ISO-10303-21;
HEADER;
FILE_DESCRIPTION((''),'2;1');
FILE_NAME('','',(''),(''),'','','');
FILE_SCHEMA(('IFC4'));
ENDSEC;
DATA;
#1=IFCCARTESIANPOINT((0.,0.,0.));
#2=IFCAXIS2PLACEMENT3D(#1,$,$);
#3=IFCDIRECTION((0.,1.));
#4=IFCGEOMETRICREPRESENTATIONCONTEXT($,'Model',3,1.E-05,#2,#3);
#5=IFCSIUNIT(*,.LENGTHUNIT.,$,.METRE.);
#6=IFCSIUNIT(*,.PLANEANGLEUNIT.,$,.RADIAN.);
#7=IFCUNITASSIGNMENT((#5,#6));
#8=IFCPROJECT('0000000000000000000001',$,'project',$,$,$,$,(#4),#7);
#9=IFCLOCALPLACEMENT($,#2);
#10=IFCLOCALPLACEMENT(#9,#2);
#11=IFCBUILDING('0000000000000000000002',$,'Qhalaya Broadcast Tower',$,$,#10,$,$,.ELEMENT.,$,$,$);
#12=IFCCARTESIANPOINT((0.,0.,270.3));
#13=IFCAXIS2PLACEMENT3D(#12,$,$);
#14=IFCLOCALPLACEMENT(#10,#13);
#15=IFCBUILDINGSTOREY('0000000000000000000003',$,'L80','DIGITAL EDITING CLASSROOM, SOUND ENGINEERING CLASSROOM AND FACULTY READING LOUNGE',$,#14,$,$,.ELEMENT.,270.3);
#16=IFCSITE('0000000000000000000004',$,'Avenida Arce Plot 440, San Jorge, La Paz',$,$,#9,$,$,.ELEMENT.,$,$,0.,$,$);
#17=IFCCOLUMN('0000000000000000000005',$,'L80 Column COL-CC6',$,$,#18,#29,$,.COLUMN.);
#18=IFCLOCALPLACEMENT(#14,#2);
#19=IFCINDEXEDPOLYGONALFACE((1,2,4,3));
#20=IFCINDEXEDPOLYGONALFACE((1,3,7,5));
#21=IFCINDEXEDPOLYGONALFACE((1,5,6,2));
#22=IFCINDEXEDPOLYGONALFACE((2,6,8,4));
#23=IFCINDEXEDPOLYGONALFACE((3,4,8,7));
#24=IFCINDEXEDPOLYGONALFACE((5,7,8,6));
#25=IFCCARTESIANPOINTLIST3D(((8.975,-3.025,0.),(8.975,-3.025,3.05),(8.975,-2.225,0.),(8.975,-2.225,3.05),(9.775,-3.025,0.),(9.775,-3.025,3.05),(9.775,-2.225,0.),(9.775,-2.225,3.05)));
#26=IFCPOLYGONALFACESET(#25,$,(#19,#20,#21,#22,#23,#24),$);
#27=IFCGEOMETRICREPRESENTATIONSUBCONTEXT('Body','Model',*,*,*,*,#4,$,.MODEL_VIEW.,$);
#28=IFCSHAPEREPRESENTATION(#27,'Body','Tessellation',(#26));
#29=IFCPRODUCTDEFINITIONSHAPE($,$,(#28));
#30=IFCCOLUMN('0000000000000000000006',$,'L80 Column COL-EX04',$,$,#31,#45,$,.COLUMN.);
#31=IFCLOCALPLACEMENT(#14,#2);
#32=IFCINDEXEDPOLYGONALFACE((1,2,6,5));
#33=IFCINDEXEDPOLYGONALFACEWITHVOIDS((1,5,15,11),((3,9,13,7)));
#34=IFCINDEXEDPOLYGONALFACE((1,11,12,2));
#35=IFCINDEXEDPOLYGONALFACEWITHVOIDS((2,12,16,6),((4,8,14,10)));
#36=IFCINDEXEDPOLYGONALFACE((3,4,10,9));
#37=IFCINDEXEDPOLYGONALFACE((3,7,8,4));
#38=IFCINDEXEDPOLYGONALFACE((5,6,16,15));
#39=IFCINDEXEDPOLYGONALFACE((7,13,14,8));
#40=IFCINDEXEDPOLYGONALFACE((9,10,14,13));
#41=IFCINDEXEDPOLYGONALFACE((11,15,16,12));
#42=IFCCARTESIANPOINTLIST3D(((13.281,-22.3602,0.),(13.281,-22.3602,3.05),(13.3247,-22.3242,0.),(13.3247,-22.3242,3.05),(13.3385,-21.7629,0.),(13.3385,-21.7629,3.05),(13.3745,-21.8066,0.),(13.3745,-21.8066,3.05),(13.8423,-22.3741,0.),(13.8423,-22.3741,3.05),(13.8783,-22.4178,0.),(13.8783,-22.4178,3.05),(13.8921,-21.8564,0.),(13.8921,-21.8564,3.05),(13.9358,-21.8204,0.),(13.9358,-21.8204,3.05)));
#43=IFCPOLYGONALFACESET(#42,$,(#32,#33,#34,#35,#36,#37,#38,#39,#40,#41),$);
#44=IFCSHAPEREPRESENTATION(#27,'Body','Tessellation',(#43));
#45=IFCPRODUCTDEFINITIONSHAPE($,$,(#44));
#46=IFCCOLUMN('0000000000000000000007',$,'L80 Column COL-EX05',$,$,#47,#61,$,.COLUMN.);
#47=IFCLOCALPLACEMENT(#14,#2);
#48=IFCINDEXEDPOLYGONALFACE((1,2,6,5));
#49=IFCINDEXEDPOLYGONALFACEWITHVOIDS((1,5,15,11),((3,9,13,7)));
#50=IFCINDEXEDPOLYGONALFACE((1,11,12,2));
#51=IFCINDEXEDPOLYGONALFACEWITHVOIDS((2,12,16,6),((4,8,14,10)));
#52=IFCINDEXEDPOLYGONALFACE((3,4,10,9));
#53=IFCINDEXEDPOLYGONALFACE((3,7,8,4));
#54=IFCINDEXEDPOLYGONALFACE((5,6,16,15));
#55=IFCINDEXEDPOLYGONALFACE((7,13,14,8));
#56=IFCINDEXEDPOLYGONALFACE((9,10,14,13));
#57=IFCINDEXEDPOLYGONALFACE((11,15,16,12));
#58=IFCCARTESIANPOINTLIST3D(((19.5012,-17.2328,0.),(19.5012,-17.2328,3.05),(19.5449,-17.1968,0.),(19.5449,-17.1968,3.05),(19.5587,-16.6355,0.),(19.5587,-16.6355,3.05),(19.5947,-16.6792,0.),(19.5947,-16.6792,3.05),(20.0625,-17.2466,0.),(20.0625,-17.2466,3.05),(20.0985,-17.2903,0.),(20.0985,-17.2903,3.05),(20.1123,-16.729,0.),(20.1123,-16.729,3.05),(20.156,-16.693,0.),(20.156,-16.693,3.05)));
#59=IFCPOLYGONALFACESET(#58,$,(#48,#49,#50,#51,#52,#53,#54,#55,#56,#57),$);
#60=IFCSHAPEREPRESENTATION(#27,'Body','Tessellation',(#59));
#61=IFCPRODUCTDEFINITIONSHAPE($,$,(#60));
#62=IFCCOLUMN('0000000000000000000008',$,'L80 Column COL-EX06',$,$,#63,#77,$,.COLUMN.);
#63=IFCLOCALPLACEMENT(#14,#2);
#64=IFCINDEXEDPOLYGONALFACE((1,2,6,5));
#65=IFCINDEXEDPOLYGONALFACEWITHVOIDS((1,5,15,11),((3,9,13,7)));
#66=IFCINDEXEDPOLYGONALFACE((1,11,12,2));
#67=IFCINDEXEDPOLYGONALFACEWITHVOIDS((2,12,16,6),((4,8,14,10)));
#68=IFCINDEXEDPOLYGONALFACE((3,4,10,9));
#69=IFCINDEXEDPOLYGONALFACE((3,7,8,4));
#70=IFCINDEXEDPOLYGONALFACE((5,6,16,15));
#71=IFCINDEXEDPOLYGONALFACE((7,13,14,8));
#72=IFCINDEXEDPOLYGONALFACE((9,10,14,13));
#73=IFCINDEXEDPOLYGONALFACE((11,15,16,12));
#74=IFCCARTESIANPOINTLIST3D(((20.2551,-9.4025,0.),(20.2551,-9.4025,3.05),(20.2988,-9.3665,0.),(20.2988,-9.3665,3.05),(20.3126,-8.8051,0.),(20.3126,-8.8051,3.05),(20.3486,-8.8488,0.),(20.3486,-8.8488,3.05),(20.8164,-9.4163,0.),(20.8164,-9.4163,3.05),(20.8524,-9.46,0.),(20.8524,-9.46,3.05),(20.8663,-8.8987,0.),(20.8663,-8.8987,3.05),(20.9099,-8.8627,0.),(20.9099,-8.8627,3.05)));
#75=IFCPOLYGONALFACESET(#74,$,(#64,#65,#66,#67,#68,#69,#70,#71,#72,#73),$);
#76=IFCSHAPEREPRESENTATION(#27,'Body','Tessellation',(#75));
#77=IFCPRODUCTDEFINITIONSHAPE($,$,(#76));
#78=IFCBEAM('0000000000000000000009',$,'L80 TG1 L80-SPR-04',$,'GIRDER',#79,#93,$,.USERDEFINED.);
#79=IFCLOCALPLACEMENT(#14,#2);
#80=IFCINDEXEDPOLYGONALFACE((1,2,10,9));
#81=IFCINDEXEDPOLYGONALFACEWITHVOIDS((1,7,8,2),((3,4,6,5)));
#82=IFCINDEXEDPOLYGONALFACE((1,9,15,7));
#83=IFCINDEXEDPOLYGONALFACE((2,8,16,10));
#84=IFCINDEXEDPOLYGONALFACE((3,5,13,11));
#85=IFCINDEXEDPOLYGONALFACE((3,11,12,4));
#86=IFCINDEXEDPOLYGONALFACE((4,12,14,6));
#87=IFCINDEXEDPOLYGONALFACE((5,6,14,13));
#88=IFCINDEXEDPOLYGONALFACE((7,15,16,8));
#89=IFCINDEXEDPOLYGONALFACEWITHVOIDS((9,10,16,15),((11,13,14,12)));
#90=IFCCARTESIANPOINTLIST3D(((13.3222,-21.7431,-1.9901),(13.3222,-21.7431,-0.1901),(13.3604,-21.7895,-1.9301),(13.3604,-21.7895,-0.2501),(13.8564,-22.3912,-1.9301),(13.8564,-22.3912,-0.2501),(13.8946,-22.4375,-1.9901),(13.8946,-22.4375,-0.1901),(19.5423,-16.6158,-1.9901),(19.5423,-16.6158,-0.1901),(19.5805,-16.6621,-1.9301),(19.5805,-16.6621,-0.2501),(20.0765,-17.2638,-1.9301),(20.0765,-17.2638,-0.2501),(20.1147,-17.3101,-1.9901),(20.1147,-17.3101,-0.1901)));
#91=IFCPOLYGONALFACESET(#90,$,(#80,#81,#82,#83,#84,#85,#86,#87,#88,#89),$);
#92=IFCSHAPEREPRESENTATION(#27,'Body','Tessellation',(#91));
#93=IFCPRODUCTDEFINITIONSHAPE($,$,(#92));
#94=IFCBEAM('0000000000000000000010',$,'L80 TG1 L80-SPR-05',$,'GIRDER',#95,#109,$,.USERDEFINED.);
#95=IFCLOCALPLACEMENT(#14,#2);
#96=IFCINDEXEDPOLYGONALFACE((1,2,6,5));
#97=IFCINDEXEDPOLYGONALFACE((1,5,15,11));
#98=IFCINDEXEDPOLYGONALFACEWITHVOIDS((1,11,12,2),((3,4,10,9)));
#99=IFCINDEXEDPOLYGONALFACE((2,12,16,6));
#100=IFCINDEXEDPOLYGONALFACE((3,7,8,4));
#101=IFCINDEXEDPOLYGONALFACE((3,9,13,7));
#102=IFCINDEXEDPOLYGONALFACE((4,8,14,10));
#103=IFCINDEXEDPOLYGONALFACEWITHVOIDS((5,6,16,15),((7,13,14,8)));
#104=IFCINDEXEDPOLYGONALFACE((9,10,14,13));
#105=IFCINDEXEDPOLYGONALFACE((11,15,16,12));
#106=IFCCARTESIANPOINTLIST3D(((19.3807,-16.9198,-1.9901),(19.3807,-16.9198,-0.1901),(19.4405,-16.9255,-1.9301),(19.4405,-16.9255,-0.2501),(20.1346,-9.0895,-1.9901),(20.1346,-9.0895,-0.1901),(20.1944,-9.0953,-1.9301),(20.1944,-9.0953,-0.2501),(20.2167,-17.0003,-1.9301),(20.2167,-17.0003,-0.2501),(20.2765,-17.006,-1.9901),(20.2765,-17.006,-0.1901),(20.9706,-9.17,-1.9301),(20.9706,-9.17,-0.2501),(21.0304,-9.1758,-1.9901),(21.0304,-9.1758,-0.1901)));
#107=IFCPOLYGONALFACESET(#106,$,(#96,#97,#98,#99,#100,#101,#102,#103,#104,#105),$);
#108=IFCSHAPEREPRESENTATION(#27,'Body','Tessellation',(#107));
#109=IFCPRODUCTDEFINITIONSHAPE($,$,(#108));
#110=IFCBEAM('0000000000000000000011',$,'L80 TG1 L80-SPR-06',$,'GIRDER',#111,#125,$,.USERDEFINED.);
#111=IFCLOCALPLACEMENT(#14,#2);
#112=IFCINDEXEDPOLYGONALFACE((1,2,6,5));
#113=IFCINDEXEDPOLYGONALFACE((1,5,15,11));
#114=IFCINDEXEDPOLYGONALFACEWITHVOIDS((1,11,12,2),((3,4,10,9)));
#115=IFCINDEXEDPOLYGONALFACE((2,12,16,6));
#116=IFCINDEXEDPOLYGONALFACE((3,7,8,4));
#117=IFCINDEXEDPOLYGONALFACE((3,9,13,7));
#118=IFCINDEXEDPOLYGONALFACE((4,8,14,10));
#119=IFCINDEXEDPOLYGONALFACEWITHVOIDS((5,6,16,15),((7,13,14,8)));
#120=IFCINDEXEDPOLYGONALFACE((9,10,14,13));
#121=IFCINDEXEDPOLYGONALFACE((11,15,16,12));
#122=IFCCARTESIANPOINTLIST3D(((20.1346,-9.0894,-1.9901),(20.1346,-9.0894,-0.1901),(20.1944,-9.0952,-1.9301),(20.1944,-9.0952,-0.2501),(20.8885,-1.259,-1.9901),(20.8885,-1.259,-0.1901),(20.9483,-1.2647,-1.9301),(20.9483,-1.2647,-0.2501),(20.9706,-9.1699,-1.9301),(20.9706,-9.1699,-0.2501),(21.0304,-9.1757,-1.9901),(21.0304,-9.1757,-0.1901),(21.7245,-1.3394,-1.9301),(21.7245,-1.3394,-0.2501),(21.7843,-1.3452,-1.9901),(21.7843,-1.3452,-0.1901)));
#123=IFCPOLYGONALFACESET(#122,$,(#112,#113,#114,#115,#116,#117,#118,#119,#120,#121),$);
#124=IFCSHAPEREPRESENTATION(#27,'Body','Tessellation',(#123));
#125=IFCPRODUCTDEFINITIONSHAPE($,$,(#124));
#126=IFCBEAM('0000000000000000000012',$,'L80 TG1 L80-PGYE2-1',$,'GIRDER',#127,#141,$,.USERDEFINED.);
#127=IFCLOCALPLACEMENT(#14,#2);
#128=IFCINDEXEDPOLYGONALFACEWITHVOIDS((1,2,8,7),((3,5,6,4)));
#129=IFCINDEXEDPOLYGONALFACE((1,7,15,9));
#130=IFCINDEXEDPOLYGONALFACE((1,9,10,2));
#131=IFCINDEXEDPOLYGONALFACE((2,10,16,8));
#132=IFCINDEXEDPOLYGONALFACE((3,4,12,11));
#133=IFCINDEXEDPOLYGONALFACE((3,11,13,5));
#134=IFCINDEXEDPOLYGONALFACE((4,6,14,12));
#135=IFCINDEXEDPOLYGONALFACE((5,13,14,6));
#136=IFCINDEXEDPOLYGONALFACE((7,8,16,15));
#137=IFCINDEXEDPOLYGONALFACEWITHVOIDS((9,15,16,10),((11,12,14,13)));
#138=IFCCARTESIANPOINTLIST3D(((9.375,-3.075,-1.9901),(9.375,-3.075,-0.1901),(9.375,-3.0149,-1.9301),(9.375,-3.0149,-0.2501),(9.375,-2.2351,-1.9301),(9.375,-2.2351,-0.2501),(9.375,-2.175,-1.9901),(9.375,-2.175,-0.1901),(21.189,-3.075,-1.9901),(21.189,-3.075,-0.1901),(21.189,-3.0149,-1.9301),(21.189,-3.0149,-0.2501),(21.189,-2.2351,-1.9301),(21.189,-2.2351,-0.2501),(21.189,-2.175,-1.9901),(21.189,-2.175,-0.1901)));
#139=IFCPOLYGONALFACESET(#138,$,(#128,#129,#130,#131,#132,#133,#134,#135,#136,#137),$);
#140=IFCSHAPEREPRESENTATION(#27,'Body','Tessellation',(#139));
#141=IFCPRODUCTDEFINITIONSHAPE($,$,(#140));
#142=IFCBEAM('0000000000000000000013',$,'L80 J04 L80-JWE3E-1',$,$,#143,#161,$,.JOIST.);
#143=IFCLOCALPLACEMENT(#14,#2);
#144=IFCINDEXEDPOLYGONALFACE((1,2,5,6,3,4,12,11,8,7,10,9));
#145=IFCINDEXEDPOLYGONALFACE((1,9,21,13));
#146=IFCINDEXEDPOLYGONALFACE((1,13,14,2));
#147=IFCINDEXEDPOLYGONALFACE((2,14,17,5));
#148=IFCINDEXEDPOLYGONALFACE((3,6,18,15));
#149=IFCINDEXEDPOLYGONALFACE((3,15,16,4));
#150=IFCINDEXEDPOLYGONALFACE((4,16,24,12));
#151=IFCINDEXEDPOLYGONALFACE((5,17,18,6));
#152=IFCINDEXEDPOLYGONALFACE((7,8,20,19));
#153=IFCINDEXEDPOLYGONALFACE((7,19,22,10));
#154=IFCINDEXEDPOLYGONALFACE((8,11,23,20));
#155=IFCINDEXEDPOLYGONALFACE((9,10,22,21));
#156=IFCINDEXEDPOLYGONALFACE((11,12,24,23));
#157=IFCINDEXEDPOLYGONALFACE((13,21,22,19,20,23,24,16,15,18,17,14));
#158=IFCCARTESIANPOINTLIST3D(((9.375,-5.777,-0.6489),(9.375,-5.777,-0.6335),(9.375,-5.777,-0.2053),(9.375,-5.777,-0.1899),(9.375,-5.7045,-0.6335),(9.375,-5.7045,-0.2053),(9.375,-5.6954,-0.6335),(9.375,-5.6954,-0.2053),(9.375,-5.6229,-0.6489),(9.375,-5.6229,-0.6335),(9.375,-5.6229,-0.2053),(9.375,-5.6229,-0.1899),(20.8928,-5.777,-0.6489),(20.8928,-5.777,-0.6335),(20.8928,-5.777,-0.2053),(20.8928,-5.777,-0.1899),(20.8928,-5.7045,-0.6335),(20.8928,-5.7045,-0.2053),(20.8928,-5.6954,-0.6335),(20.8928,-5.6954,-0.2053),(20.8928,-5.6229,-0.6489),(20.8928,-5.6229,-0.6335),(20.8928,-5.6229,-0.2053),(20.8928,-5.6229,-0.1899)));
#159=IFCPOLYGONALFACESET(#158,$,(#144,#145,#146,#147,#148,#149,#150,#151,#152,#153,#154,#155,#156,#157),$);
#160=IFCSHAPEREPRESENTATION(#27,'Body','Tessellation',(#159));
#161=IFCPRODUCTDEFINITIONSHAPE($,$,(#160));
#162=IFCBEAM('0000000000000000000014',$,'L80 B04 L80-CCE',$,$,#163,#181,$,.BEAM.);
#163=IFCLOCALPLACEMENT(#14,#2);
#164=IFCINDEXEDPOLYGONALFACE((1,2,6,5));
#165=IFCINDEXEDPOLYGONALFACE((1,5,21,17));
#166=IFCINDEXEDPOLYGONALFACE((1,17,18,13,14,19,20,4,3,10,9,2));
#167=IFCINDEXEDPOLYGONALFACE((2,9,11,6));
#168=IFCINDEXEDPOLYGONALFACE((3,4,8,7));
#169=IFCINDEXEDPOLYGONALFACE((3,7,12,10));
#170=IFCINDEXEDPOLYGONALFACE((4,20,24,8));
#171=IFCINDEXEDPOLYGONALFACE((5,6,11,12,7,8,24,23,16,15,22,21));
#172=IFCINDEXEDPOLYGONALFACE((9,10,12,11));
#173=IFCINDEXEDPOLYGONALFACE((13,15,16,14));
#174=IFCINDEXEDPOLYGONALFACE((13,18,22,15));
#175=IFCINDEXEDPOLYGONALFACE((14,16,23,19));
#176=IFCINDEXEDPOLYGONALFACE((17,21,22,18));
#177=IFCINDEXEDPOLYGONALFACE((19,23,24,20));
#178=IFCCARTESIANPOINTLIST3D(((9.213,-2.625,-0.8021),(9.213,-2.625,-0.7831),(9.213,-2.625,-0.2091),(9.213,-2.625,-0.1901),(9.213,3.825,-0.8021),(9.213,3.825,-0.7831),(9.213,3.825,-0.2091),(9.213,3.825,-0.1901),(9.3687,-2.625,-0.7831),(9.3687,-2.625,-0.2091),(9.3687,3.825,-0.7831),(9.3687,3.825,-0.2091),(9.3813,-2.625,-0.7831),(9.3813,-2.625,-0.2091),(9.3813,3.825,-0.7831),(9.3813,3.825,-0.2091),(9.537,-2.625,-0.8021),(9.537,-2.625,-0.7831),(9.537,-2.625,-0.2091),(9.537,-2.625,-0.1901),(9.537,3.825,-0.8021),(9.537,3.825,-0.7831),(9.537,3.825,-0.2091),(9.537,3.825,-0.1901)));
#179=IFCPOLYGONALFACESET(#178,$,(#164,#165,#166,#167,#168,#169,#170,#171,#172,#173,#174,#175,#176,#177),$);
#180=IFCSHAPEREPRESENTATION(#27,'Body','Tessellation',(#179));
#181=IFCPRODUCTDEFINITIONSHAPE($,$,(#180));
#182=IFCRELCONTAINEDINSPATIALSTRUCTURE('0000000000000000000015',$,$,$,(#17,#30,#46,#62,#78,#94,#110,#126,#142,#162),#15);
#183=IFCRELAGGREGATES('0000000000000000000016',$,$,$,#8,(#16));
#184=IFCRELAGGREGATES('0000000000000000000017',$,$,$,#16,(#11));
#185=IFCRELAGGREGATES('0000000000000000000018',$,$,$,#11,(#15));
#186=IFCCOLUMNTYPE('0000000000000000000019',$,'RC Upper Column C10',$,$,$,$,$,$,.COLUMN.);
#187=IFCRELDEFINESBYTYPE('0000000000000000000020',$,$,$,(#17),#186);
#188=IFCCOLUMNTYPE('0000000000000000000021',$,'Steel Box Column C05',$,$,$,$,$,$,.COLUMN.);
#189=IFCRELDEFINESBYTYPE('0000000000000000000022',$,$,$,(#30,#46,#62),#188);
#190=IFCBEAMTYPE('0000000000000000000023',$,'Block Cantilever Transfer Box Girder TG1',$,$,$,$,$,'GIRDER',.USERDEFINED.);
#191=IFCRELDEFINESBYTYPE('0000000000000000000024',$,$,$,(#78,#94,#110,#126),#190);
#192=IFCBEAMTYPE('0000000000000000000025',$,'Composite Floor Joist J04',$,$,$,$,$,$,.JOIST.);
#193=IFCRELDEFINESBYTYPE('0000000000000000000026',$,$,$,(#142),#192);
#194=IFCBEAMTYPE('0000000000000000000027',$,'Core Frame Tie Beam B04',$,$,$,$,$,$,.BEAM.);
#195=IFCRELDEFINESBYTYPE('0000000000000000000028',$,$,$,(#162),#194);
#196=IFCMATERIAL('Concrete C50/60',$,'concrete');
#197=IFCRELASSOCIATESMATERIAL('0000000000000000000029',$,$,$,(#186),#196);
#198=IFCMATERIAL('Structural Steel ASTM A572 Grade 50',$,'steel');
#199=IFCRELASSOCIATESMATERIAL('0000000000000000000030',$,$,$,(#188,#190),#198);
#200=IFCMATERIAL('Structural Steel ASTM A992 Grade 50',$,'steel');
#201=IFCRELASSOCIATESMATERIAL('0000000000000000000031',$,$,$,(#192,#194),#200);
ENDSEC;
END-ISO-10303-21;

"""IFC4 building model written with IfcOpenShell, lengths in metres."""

from ifc_helpers import new_model, si_unit, direction, frame, origin, origin_2d, place, context, subcontext, project, spatial, rectangle, hollow_rectangle, i_section, extrude, material, material_profile, profile_set, type_object, element, save


model = new_model("IFC4")

# Units and contexts
model_context = context("Model", 3, precision=1e-05, world=origin(), true_north=direction((0.0, 1.0)))
body_context = subcontext(model_context, "Body", "Model", "MODEL_VIEW")
ifc_project = project(units=[si_unit("LENGTHUNIT", "METRE"), si_unit("PLANEANGLEUNIT", "RADIAN")], contexts=[model_context])

# Site, building, storey
site_placement = place(None, origin())
site = spatial("IfcSite", under=ifc_project, at=site_placement, Name="Avenida Arce Plot 440, San Jorge, La Paz", CompositionType="ELEMENT", RefElevation=0.0)
building_placement = place(site_placement, origin())
building = spatial("IfcBuilding", under=site, at=building_placement, Name="Qhalaya Broadcast Tower", CompositionType="ELEMENT")
storey_placement = place(building_placement, frame((0.0, 0.0, 270.3)))
storey = spatial("IfcBuildingStorey", under=building, at=storey_placement, Name="L80", Description="DIGITAL EDITING CLASSROOM, SOUND ENGINEERING CLASSROOM AND FACULTY READING LOUNGE", CompositionType="ELEMENT", Elevation=270.3)

# Columns
ifc_material_1 = material(Name="Concrete C50/60", Category="concrete")
ifc_material_profile_1 = material_profile(ifc_material_1, rectangle(XDim=0.8, YDim=0.8, at=origin_2d()), Name="RC-COL 800x800")
ifc_profile_set_1 = profile_set([ifc_material_profile_1], Name="Concrete C50/60")
column_type_1 = type_object("IfcColumnType", Name="RC Upper Column C10", PredefinedType="COLUMN", material=ifc_profile_set_1)
column_placement = place(storey_placement, frame((9.375, -2.625, 0.0), z_axis=(0.0, 0.0, 1.0), x_axis=(1.0, 0.0, 0.0)))
element("IfcColumn", 1, at=column_placement, inside=storey, type_object=column_type_1, Name="L80 Column COL-CC6", PredefinedType="COLUMN", context=body_context, shape_type="SweptSolid", body=[
    extrude(rectangle(XDim=0.8, YDim=0.8, at=origin_2d()), origin(), (0.0, 0.0, 1.0), 3.05),
])
ifc_material_2 = material(Name="Structural Steel ASTM A572 Grade 50", Category="steel")
ifc_material_profile_2 = material_profile(ifc_material_2, hollow_rectangle(XDim=0.6001, YDim=0.6001, WallThickness=0.04, at=origin_2d()), Name="BOX 600x600x40")
ifc_profile_set_2 = profile_set([ifc_material_profile_2], Name="Structural Steel ASTM A572 Grade 50")
column_type_2 = type_object("IfcColumnType", Name="Steel Box Column C05", PredefinedType="COLUMN", material=ifc_profile_set_2)
for number, where, z_axis, x_axis, name in (
    (2, (13.6084, -22.0903, 0.0), (0.0, 0.0, 1.0), (0.995396, -0.095846, 0.0), "L80 Column COL-EX04"),
    (3, (19.8286, -16.9629, 0.0), (0.0, 0.0, 1.0), (0.095846, 0.995396, 0.0), "L80 Column COL-EX05"),
    (4, (20.5825, -9.1326, 0.0), (0.0, 0.0, 1.0), (0.095846, 0.995396, 0.0), "L80 Column COL-EX06"),
):
    element("IfcColumn", number, at=place(storey_placement, frame(where, z_axis=z_axis, x_axis=x_axis)), inside=storey, type_object=column_type_2, Name=name, PredefinedType="COLUMN", context=body_context, shape_type="SweptSolid", body=[
        extrude(hollow_rectangle(XDim=0.6001, YDim=0.6001, WallThickness=0.04, at=origin_2d()), origin(), (0.0, 0.0, 1.0), 3.05),
    ])

# Beams
ifc_material_profile_3 = material_profile(ifc_material_2, hollow_rectangle(XDim=0.8999, YDim=1.8, WallThickness=0.0601, at=origin_2d()), Name="BOX 900x1800x60")
ifc_profile_set_3 = profile_set([ifc_material_profile_3], Name="Structural Steel ASTM A572 Grade 50")
beam_type_1 = type_object("IfcBeamType", Name="Block Cantilever Transfer Box Girder TG1", ElementType="GIRDER", PredefinedType="USERDEFINED", material=ifc_profile_set_3)
beam_1_placement = place(storey_placement, frame((13.6084, -22.0903, -1.0901), z_axis=(0.771631, 0.63607, 0.0), x_axis=(-0.63607, 0.771631, 0.0)))
element("IfcBeam", 5, at=beam_1_placement, inside=storey, type_object=beam_type_1, Name="L80 TG1 L80-SPR-04", ObjectType="GIRDER", PredefinedType="USERDEFINED", context=body_context, shape_type="SweptSolid", body=[
    extrude(hollow_rectangle(XDim=0.8999, YDim=1.8, WallThickness=0.0601, at=origin_2d()), origin(), (0.0, 0.0, 1.0), 8.061),
])
beam_2_placement = place(storey_placement, frame((19.8286, -16.9629, -1.0901), z_axis=(0.095837, 0.995397, 0.0), x_axis=(-0.995397, 0.095837, 0.0)))
element("IfcBeam", 6, at=beam_2_placement, inside=storey, type_object=beam_type_1, Name="L80 TG1 L80-SPR-05", ObjectType="GIRDER", PredefinedType="USERDEFINED", context=body_context, shape_type="SweptSolid", body=[
    extrude(hollow_rectangle(XDim=0.8999, YDim=1.8, WallThickness=0.0601, at=origin_2d()), origin(), (0.0, 0.0, 1.0), 7.8665),
])
beam_3_placement = place(storey_placement, frame((20.5825, -9.1326, -1.0901), z_axis=(0.095834, 0.995397, 0.0), x_axis=(-0.995397, 0.095834, 0.0)))
element("IfcBeam", 7, at=beam_3_placement, inside=storey, type_object=beam_type_1, Name="L80 TG1 L80-SPR-06", ObjectType="GIRDER", PredefinedType="USERDEFINED", context=body_context, shape_type="SweptSolid", body=[
    extrude(hollow_rectangle(XDim=0.8999, YDim=1.8, WallThickness=0.0601, at=origin_2d()), origin(), (0.0, 0.0, 1.0), 7.8667),
])
beam_4_placement = place(storey_placement, frame((9.375, -2.625, -1.0901), z_axis=(1.0, 0.0, 0.0), x_axis=(0.0, 1.0, 0.0)))
element("IfcBeam", 8, at=beam_4_placement, inside=storey, type_object=beam_type_1, Name="L80 TG1 L80-PGYE2-1", ObjectType="GIRDER", PredefinedType="USERDEFINED", context=body_context, shape_type="SweptSolid", body=[
    extrude(hollow_rectangle(XDim=0.8999, YDim=1.8, WallThickness=0.0601, at=origin_2d()), origin(), (0.0, 0.0, 1.0), 11.814),
])
ifc_material_3 = material(Name="Structural Steel ASTM A992 Grade 50", Category="steel")
ifc_material_profile_4 = material_profile(ifc_material_3, i_section(OverallWidth=0.1541, OverallDepth=0.459, WebThickness=0.009, FlangeThickness=0.0154, at=origin_2d()), Name="W18X46")
ifc_profile_set_4 = profile_set([ifc_material_profile_4], Name="Structural Steel ASTM A992 Grade 50")
beam_type_2 = type_object("IfcBeamType", Name="Composite Floor Joist J04", PredefinedType="JOIST", material=ifc_profile_set_4)
beam_5_placement = place(storey_placement, frame((9.375, -5.7, -0.4194), z_axis=(1.0, 0.0, 0.0), x_axis=(0.0, 1.0, 0.0)))
element("IfcBeam", 9, at=beam_5_placement, inside=storey, type_object=beam_type_2, Name="L80 J04 L80-JWE3E-1", PredefinedType="JOIST", context=body_context, shape_type="SweptSolid", body=[
    extrude(i_section(OverallWidth=0.1541, OverallDepth=0.459, WebThickness=0.009, FlangeThickness=0.0154, at=origin_2d()), origin(), (0.0, 0.0, 1.0), 11.5178),
])
ifc_material_profile_5 = material_profile(ifc_material_3, i_section(OverallWidth=0.324, OverallDepth=0.6121, WebThickness=0.0127, FlangeThickness=0.019, at=origin_2d()), Name="W24X104")
ifc_profile_set_5 = profile_set([ifc_material_profile_5], Name="Structural Steel ASTM A992 Grade 50")
beam_type_3 = type_object("IfcBeamType", Name="Core Frame Tie Beam B04", PredefinedType="BEAM", material=ifc_profile_set_5)
beam_6_placement = place(storey_placement, frame((9.375, -2.625, -0.4961), z_axis=(0.0, 1.0, 0.0), x_axis=(-1.0, 0.0, 0.0)))
element("IfcBeam", 10, at=beam_6_placement, inside=storey, type_object=beam_type_3, Name="L80 B04 L80-CCE", PredefinedType="BEAM", context=body_context, shape_type="SweptSolid", body=[
    extrude(i_section(OverallWidth=0.324, OverallDepth=0.6121, WebThickness=0.0127, FlangeThickness=0.019, at=origin_2d()), origin(), (0.0, 0.0, 1.0), 6.45),
])

save(model, "model.ifc")
